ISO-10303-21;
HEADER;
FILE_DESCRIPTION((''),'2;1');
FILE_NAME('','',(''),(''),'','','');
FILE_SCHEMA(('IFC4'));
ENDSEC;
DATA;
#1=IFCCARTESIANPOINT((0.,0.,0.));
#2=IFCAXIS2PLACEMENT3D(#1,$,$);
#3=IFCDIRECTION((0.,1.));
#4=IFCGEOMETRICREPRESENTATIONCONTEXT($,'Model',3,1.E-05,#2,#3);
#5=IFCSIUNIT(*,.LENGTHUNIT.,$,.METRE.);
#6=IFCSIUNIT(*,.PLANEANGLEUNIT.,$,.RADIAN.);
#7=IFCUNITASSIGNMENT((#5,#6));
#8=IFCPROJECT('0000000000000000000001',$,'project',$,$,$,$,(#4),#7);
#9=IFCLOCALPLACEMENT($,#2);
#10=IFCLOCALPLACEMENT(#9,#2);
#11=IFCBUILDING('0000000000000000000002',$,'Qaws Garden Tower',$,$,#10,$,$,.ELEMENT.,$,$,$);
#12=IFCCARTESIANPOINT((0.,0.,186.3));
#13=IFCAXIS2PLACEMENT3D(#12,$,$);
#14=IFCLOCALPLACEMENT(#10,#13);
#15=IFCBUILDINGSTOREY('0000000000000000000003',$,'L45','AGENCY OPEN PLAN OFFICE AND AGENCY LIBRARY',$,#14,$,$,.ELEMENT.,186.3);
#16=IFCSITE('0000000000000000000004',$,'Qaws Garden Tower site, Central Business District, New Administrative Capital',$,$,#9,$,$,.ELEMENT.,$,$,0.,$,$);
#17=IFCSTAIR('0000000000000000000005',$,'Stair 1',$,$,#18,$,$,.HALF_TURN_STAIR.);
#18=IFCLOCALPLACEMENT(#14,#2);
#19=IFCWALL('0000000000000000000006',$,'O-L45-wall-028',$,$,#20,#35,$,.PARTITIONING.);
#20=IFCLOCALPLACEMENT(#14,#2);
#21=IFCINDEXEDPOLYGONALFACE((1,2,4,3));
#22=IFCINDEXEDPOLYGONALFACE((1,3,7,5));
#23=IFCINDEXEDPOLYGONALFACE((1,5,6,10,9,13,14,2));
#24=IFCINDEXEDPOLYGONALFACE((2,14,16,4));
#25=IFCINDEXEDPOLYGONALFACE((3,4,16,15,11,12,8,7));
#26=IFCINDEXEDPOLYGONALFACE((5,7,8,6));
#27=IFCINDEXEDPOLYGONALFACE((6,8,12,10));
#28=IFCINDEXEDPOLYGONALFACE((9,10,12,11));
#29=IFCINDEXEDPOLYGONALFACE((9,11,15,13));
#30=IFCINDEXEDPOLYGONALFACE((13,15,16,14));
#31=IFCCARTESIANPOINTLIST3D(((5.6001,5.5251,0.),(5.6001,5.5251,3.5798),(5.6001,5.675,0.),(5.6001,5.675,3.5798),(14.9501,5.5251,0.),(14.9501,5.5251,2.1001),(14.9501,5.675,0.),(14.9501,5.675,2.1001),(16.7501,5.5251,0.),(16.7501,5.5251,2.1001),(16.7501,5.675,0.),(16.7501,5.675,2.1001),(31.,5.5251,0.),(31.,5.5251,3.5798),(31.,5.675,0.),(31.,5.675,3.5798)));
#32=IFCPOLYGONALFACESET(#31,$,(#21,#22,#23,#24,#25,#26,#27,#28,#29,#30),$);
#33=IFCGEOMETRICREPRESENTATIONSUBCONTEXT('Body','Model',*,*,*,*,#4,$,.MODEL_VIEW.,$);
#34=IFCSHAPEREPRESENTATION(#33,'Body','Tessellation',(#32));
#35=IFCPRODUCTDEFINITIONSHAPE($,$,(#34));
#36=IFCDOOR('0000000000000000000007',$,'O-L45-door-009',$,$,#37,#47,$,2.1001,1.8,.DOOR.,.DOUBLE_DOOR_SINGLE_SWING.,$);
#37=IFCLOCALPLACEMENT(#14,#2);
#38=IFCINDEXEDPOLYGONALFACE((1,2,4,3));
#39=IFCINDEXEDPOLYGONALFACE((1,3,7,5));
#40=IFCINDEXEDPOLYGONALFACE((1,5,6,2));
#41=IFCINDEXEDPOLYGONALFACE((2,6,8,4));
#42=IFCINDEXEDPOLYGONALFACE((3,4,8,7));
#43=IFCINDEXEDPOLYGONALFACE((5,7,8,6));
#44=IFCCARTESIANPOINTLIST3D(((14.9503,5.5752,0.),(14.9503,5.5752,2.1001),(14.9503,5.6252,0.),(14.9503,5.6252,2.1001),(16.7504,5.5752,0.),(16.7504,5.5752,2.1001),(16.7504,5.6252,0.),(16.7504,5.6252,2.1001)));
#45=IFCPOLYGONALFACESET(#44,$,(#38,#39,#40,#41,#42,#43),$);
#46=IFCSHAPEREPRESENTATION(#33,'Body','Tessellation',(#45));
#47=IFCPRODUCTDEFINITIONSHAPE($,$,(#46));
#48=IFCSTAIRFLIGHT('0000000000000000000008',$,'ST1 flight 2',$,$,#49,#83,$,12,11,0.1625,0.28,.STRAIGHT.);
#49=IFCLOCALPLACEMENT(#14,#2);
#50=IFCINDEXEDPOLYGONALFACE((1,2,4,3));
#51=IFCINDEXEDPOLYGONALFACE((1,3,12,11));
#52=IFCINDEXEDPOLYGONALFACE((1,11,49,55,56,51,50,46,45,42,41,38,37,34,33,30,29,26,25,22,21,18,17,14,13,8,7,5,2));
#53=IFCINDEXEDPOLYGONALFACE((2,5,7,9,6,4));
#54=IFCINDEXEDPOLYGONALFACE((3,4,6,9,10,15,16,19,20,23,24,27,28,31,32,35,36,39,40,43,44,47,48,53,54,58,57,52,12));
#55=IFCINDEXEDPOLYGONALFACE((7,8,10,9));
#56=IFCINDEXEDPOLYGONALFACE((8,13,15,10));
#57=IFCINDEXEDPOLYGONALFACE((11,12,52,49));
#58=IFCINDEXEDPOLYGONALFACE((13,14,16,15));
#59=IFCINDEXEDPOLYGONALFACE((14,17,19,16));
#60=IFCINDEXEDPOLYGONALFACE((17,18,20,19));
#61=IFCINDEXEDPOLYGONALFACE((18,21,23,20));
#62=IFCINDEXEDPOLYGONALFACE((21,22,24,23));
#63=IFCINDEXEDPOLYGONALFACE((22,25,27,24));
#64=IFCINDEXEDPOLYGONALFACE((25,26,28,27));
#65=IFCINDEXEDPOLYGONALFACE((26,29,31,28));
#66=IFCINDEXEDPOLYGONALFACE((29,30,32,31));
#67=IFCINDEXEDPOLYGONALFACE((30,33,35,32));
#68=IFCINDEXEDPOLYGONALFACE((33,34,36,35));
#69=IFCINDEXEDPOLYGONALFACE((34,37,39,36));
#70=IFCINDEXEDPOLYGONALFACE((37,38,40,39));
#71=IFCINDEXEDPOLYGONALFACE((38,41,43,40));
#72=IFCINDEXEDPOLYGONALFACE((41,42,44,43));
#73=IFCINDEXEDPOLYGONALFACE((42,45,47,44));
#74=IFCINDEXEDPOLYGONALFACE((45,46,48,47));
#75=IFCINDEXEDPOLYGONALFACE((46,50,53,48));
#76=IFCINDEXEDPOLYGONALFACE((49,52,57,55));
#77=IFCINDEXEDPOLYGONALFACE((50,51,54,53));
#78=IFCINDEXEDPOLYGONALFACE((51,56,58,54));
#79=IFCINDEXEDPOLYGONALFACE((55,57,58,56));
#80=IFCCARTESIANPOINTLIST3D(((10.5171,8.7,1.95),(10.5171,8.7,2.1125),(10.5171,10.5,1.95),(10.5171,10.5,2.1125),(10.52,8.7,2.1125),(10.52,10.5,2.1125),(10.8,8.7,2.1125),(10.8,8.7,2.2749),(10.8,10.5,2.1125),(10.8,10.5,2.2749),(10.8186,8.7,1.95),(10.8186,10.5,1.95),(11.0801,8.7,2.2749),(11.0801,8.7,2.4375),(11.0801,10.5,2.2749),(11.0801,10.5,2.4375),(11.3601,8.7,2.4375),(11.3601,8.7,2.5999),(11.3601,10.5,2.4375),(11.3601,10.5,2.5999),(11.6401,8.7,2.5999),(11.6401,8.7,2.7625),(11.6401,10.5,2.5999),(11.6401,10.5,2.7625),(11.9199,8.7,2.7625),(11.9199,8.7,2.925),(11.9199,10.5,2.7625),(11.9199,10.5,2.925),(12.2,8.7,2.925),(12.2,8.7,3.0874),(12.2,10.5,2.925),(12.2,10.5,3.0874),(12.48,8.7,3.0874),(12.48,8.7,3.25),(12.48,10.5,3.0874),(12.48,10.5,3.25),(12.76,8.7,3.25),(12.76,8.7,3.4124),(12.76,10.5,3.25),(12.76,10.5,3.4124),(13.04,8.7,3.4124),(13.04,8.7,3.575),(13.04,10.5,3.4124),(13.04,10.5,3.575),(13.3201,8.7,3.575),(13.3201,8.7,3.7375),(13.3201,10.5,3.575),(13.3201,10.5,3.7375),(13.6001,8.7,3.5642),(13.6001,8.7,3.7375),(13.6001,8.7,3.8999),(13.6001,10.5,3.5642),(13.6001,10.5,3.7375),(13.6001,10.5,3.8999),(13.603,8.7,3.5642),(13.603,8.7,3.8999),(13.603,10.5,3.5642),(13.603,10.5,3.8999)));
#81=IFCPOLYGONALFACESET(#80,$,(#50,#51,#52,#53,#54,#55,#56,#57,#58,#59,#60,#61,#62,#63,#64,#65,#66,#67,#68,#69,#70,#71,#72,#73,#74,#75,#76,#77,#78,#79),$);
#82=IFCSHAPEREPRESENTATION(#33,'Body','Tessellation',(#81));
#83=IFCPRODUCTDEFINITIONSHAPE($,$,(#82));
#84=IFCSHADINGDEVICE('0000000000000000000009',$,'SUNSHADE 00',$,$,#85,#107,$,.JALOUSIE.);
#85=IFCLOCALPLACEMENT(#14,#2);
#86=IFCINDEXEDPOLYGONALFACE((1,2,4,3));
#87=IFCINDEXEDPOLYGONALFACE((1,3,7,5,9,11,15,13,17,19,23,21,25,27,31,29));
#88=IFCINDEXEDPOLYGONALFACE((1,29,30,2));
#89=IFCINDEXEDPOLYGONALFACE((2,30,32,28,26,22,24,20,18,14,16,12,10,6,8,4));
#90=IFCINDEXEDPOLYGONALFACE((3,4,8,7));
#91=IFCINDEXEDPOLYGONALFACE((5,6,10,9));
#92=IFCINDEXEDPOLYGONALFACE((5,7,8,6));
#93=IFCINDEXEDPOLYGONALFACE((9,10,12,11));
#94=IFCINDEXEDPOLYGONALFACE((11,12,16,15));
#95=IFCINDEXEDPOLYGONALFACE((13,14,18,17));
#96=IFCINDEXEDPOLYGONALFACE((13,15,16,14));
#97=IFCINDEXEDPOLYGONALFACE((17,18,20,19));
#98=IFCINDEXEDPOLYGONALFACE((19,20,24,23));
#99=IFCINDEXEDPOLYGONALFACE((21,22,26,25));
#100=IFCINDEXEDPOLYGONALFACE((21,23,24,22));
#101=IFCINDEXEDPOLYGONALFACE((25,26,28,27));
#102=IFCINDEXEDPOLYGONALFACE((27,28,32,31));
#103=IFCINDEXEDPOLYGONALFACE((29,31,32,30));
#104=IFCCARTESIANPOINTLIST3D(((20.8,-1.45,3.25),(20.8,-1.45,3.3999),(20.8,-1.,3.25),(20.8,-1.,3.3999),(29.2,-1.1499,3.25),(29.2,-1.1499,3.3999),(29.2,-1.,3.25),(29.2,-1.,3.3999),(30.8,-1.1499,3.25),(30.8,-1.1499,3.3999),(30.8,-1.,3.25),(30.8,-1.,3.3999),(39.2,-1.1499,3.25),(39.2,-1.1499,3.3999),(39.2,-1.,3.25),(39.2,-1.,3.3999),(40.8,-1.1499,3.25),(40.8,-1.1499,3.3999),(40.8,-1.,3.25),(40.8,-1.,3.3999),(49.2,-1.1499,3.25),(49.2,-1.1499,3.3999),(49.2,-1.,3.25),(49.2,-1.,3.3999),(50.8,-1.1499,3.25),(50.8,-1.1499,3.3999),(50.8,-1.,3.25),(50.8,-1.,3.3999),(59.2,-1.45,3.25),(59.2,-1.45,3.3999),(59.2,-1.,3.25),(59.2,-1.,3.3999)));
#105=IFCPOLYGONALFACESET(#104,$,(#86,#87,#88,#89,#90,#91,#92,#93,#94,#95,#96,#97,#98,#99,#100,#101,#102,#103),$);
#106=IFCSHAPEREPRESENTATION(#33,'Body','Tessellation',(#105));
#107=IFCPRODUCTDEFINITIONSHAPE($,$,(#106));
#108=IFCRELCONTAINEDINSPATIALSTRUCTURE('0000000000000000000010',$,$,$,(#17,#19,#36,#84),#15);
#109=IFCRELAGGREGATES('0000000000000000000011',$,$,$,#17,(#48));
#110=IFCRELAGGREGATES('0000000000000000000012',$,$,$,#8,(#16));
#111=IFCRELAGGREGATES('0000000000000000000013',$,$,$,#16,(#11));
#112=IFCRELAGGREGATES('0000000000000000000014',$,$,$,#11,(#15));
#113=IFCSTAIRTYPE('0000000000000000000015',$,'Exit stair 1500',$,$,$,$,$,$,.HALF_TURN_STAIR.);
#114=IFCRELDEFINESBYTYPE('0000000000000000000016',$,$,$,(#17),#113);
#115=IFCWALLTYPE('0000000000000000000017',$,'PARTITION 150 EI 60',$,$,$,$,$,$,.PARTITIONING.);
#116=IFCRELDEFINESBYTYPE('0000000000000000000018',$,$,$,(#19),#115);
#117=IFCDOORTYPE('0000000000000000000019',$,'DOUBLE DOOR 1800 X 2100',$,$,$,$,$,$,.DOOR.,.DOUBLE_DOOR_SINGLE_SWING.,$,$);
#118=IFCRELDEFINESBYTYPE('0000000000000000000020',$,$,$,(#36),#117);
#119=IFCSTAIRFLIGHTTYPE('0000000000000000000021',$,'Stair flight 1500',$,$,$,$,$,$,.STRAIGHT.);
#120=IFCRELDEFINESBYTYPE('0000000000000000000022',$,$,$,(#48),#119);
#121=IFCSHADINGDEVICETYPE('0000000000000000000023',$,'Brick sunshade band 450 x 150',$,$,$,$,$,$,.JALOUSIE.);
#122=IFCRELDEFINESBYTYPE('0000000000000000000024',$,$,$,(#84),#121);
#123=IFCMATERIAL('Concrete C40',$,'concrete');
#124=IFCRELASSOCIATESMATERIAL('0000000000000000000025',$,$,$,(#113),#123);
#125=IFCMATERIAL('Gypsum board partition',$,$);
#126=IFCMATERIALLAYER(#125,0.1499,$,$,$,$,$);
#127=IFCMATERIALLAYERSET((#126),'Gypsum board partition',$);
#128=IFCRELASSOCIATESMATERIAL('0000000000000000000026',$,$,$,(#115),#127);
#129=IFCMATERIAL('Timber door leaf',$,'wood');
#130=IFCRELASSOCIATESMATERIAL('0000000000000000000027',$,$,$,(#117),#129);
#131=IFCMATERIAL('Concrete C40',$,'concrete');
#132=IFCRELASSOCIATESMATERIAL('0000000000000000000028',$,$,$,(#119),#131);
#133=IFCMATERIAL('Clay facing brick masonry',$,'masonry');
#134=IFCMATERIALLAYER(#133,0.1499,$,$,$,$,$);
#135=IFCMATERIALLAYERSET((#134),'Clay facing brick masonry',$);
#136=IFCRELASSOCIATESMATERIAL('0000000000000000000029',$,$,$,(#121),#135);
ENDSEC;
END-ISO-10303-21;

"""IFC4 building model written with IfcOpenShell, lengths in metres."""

from ifc_helpers import new_model, si_unit, direction, frame, frame_2d, origin, place, context, subcontext, project, spatial, polyline, rectangle, outline, extrude, material, layer, layer_set, type_object, element, fill, aggregate, save


model = new_model("IFC4")

# Units and contexts
model_context = context("Model", 3, precision=1e-05, world=origin(), true_north=direction((0.0, 1.0)))
body_context = subcontext(model_context, "Body", "Model", "MODEL_VIEW")
ifc_project = project(units=[si_unit("LENGTHUNIT", "METRE"), si_unit("PLANEANGLEUNIT", "RADIAN")], contexts=[model_context])

# Site, building, storey
site_placement = place(None, origin())
site = spatial("IfcSite", under=ifc_project, at=site_placement, Name="Qaws Garden Tower site, Central Business District, New Administrative Capital", CompositionType="ELEMENT", RefElevation=0.0)
building_placement = place(site_placement, origin())
building = spatial("IfcBuilding", under=site, at=building_placement, Name="Qaws Garden Tower", CompositionType="ELEMENT")
storey_placement = place(building_placement, frame((0.0, 0.0, 186.3)))
storey = spatial("IfcBuildingStorey", under=building, at=storey_placement, Name="L45", Description="AGENCY OPEN PLAN OFFICE AND AGENCY LIBRARY", CompositionType="ELEMENT", Elevation=186.3)

# Stair
ifc_material_1 = material(Name="Concrete C40", Category="concrete")
stair_type_1 = type_object("IfcStairType", Name="Exit stair 1500", PredefinedType="HALF_TURN_STAIR", material=ifc_material_1)
placement_1 = place(storey_placement, origin())
stair_1 = element("IfcStair", 1, at=placement_1, inside=storey, type_object=stair_type_1, Name="Stair 1", PredefinedType="HALF_TURN_STAIR")

# Shared definitions
ifc_material_2 = material(Name="Gypsum board partition")
ifc_layer_1 = layer(ifc_material_2, 0.1499)
ifc_layer_set_1 = layer_set([ifc_layer_1], Name="Gypsum board partition")
wall_type_1 = type_object("IfcWallType", Name="PARTITION 150 EI 60", PredefinedType="PARTITIONING", material=ifc_layer_set_1)

# Wall, opening, door
wall_1_placement = place(storey_placement, frame((5.6001, 5.6001, 0.0), z_axis=(0.0, 0.0, 1.0), x_axis=(1.0, 0.0, 0.0)))
wall_1 = element("IfcWall", 2, at=wall_1_placement, inside=storey, type_object=wall_type_1, Name="O-L45-wall-028", PredefinedType="PARTITIONING", context=body_context, shape_type="SweptSolid", body=[
    extrude(rectangle(XDim=25.3999, YDim=0.1499, at=frame_2d((12.7, 0.0))), origin(), (0.0, 0.0, 1.0), 3.5798),
])
opening_1_placement = place(wall_1_placement, frame((9.3501, 0.0, 0.0)))
opening_1 = element("IfcOpeningElement", 3, at=opening_1_placement, cuts=wall_1, PredefinedType="OPENING", context=body_context, shape_type="SweptSolid", body=[
    extrude(rectangle(XDim=1.8, YDim=2.1001, at=frame_2d((0.8999, 1.05))), frame((0.0, 0.085, 0.0), z_axis=(0.0, -1.0, 0.0), x_axis=(1.0, 0.0, 0.0)), (0.0, 0.0, 1.0), 0.1699),
])
ifc_material_3 = material(Name="Timber door leaf", Category="wood")
door_type_1 = type_object("IfcDoorType", Name="DOUBLE DOOR 1800 X 2100", OperationType="DOUBLE_DOOR_SINGLE_SWING", PredefinedType="DOOR", material=ifc_material_3)
door_1_placement = place(opening_1_placement, frame((1.8, 0.0, 0.0), z_axis=(0.0, 0.0, 1.0), x_axis=(-1.0, 0.0, 0.0)))
door_1 = element("IfcDoor", 4, at=door_1_placement, inside=storey, type_object=door_type_1, Name="O-L45-door-009", OperationType="DOUBLE_DOOR_SINGLE_SWING", OverallHeight=2.1001, OverallWidth=1.8, PredefinedType="DOOR", context=body_context, shape_type="SweptSolid", body=[
    extrude(rectangle(XDim=1.8, YDim=2.1001, at=frame_2d((0.8999, 1.05))), frame((0.0, 0.0249, 0.0), z_axis=(0.0, -1.0, 0.0), x_axis=(1.0, 0.0, 0.0)), (0.0, 0.0, 1.0), 0.05),
])
fill(opening_1, door_1)

# Stair flight
ifc_material_4 = material(Name="Concrete C40", Category="concrete")
stair_flight_type = type_object("IfcStairFlightType", Name="Stair flight 1500", PredefinedType="STRAIGHT", material=ifc_material_4)
stair_flight_placement = place(storey_placement, frame((10.52, 9.6001, 1.95), z_axis=(0.0, 0.0, 1.0), x_axis=(1.0, 0.0, 0.0)))
stair_flight = element("IfcStairFlight", 5, at=stair_flight_placement, type_object=stair_flight_type, Name="ST1 flight 2", NumberOfRisers=12, NumberOfTreads=11, PredefinedType="STRAIGHT", RiserHeight=0.1625, TreadLength=0.28, context=body_context, shape_type="SweptSolid", body=[
    extrude(outline(polyline([(-0.0029, 0.0), (-0.0029, 0.1626), (0.0, 0.1626), (0.28, 0.1626), (0.28, 0.325), (0.5601, 0.325), (0.5601, 0.4875), (0.8401, 0.4875), (0.8401, 0.6499), (1.1201, 0.6499), (1.1201, 0.8125), (1.3999, 0.8125), (1.3999, 0.9751), (1.6799, 0.9751), (1.6799, 1.1375), (1.96, 1.1375), (1.96, 1.3), (2.24, 1.3), (2.24, 1.4624), (2.52, 1.4624), (2.52, 1.625), (2.8, 1.625), (2.8, 1.7876), (3.0801, 1.7876), (3.0801, 1.95), (3.083, 1.95), (3.083, 1.6143), (3.0801, 1.6143), (0.2986, 0.0), (-0.0029, 0.0)])), frame((0.0, 0.8999, 0.0), z_axis=(0.0, -1.0, 0.0), x_axis=(1.0, 0.0, 0.0)), (0.0, 0.0, 1.0), 1.8),
])
aggregate(stair_1, [stair_flight])

# Shading device
ifc_material_5 = material(Name="Clay facing brick masonry", Category="masonry")
ifc_layer_2 = layer(ifc_material_5, 0.1499)
ifc_layer_set_2 = layer_set([ifc_layer_2], Name="Clay facing brick masonry")
shading_device_type = type_object("IfcShadingDeviceType", Name="Brick sunshade band 450 x 150", PredefinedType="JALOUSIE", material=ifc_layer_set_2)
shading_device_placement = place(storey_placement, frame((0.0, 0.0, 3.25)))
element("IfcShadingDevice", 6, at=shading_device_placement, inside=storey, type_object=shading_device_type, Name="SUNSHADE 00", PredefinedType="JALOUSIE", context=body_context, shape_type="SweptSolid", body=[
    extrude(outline(polyline([(20.8, -1.0), (20.8, -1.45), (59.2, -1.45), (59.2, -1.0), (50.8, -1.0), (50.8, -1.1499), (49.2, -1.1499), (49.2, -1.0), (40.8, -1.0), (40.8, -1.1499), (39.2, -1.1499), (39.2, -1.0), (30.8, -1.0), (30.8, -1.1499), (29.2, -1.1499), (29.2, -1.0), (20.8, -1.0)])), origin(), (0.0, 0.0, 1.0), 0.1499),
])

save(model, "model.ifc")
